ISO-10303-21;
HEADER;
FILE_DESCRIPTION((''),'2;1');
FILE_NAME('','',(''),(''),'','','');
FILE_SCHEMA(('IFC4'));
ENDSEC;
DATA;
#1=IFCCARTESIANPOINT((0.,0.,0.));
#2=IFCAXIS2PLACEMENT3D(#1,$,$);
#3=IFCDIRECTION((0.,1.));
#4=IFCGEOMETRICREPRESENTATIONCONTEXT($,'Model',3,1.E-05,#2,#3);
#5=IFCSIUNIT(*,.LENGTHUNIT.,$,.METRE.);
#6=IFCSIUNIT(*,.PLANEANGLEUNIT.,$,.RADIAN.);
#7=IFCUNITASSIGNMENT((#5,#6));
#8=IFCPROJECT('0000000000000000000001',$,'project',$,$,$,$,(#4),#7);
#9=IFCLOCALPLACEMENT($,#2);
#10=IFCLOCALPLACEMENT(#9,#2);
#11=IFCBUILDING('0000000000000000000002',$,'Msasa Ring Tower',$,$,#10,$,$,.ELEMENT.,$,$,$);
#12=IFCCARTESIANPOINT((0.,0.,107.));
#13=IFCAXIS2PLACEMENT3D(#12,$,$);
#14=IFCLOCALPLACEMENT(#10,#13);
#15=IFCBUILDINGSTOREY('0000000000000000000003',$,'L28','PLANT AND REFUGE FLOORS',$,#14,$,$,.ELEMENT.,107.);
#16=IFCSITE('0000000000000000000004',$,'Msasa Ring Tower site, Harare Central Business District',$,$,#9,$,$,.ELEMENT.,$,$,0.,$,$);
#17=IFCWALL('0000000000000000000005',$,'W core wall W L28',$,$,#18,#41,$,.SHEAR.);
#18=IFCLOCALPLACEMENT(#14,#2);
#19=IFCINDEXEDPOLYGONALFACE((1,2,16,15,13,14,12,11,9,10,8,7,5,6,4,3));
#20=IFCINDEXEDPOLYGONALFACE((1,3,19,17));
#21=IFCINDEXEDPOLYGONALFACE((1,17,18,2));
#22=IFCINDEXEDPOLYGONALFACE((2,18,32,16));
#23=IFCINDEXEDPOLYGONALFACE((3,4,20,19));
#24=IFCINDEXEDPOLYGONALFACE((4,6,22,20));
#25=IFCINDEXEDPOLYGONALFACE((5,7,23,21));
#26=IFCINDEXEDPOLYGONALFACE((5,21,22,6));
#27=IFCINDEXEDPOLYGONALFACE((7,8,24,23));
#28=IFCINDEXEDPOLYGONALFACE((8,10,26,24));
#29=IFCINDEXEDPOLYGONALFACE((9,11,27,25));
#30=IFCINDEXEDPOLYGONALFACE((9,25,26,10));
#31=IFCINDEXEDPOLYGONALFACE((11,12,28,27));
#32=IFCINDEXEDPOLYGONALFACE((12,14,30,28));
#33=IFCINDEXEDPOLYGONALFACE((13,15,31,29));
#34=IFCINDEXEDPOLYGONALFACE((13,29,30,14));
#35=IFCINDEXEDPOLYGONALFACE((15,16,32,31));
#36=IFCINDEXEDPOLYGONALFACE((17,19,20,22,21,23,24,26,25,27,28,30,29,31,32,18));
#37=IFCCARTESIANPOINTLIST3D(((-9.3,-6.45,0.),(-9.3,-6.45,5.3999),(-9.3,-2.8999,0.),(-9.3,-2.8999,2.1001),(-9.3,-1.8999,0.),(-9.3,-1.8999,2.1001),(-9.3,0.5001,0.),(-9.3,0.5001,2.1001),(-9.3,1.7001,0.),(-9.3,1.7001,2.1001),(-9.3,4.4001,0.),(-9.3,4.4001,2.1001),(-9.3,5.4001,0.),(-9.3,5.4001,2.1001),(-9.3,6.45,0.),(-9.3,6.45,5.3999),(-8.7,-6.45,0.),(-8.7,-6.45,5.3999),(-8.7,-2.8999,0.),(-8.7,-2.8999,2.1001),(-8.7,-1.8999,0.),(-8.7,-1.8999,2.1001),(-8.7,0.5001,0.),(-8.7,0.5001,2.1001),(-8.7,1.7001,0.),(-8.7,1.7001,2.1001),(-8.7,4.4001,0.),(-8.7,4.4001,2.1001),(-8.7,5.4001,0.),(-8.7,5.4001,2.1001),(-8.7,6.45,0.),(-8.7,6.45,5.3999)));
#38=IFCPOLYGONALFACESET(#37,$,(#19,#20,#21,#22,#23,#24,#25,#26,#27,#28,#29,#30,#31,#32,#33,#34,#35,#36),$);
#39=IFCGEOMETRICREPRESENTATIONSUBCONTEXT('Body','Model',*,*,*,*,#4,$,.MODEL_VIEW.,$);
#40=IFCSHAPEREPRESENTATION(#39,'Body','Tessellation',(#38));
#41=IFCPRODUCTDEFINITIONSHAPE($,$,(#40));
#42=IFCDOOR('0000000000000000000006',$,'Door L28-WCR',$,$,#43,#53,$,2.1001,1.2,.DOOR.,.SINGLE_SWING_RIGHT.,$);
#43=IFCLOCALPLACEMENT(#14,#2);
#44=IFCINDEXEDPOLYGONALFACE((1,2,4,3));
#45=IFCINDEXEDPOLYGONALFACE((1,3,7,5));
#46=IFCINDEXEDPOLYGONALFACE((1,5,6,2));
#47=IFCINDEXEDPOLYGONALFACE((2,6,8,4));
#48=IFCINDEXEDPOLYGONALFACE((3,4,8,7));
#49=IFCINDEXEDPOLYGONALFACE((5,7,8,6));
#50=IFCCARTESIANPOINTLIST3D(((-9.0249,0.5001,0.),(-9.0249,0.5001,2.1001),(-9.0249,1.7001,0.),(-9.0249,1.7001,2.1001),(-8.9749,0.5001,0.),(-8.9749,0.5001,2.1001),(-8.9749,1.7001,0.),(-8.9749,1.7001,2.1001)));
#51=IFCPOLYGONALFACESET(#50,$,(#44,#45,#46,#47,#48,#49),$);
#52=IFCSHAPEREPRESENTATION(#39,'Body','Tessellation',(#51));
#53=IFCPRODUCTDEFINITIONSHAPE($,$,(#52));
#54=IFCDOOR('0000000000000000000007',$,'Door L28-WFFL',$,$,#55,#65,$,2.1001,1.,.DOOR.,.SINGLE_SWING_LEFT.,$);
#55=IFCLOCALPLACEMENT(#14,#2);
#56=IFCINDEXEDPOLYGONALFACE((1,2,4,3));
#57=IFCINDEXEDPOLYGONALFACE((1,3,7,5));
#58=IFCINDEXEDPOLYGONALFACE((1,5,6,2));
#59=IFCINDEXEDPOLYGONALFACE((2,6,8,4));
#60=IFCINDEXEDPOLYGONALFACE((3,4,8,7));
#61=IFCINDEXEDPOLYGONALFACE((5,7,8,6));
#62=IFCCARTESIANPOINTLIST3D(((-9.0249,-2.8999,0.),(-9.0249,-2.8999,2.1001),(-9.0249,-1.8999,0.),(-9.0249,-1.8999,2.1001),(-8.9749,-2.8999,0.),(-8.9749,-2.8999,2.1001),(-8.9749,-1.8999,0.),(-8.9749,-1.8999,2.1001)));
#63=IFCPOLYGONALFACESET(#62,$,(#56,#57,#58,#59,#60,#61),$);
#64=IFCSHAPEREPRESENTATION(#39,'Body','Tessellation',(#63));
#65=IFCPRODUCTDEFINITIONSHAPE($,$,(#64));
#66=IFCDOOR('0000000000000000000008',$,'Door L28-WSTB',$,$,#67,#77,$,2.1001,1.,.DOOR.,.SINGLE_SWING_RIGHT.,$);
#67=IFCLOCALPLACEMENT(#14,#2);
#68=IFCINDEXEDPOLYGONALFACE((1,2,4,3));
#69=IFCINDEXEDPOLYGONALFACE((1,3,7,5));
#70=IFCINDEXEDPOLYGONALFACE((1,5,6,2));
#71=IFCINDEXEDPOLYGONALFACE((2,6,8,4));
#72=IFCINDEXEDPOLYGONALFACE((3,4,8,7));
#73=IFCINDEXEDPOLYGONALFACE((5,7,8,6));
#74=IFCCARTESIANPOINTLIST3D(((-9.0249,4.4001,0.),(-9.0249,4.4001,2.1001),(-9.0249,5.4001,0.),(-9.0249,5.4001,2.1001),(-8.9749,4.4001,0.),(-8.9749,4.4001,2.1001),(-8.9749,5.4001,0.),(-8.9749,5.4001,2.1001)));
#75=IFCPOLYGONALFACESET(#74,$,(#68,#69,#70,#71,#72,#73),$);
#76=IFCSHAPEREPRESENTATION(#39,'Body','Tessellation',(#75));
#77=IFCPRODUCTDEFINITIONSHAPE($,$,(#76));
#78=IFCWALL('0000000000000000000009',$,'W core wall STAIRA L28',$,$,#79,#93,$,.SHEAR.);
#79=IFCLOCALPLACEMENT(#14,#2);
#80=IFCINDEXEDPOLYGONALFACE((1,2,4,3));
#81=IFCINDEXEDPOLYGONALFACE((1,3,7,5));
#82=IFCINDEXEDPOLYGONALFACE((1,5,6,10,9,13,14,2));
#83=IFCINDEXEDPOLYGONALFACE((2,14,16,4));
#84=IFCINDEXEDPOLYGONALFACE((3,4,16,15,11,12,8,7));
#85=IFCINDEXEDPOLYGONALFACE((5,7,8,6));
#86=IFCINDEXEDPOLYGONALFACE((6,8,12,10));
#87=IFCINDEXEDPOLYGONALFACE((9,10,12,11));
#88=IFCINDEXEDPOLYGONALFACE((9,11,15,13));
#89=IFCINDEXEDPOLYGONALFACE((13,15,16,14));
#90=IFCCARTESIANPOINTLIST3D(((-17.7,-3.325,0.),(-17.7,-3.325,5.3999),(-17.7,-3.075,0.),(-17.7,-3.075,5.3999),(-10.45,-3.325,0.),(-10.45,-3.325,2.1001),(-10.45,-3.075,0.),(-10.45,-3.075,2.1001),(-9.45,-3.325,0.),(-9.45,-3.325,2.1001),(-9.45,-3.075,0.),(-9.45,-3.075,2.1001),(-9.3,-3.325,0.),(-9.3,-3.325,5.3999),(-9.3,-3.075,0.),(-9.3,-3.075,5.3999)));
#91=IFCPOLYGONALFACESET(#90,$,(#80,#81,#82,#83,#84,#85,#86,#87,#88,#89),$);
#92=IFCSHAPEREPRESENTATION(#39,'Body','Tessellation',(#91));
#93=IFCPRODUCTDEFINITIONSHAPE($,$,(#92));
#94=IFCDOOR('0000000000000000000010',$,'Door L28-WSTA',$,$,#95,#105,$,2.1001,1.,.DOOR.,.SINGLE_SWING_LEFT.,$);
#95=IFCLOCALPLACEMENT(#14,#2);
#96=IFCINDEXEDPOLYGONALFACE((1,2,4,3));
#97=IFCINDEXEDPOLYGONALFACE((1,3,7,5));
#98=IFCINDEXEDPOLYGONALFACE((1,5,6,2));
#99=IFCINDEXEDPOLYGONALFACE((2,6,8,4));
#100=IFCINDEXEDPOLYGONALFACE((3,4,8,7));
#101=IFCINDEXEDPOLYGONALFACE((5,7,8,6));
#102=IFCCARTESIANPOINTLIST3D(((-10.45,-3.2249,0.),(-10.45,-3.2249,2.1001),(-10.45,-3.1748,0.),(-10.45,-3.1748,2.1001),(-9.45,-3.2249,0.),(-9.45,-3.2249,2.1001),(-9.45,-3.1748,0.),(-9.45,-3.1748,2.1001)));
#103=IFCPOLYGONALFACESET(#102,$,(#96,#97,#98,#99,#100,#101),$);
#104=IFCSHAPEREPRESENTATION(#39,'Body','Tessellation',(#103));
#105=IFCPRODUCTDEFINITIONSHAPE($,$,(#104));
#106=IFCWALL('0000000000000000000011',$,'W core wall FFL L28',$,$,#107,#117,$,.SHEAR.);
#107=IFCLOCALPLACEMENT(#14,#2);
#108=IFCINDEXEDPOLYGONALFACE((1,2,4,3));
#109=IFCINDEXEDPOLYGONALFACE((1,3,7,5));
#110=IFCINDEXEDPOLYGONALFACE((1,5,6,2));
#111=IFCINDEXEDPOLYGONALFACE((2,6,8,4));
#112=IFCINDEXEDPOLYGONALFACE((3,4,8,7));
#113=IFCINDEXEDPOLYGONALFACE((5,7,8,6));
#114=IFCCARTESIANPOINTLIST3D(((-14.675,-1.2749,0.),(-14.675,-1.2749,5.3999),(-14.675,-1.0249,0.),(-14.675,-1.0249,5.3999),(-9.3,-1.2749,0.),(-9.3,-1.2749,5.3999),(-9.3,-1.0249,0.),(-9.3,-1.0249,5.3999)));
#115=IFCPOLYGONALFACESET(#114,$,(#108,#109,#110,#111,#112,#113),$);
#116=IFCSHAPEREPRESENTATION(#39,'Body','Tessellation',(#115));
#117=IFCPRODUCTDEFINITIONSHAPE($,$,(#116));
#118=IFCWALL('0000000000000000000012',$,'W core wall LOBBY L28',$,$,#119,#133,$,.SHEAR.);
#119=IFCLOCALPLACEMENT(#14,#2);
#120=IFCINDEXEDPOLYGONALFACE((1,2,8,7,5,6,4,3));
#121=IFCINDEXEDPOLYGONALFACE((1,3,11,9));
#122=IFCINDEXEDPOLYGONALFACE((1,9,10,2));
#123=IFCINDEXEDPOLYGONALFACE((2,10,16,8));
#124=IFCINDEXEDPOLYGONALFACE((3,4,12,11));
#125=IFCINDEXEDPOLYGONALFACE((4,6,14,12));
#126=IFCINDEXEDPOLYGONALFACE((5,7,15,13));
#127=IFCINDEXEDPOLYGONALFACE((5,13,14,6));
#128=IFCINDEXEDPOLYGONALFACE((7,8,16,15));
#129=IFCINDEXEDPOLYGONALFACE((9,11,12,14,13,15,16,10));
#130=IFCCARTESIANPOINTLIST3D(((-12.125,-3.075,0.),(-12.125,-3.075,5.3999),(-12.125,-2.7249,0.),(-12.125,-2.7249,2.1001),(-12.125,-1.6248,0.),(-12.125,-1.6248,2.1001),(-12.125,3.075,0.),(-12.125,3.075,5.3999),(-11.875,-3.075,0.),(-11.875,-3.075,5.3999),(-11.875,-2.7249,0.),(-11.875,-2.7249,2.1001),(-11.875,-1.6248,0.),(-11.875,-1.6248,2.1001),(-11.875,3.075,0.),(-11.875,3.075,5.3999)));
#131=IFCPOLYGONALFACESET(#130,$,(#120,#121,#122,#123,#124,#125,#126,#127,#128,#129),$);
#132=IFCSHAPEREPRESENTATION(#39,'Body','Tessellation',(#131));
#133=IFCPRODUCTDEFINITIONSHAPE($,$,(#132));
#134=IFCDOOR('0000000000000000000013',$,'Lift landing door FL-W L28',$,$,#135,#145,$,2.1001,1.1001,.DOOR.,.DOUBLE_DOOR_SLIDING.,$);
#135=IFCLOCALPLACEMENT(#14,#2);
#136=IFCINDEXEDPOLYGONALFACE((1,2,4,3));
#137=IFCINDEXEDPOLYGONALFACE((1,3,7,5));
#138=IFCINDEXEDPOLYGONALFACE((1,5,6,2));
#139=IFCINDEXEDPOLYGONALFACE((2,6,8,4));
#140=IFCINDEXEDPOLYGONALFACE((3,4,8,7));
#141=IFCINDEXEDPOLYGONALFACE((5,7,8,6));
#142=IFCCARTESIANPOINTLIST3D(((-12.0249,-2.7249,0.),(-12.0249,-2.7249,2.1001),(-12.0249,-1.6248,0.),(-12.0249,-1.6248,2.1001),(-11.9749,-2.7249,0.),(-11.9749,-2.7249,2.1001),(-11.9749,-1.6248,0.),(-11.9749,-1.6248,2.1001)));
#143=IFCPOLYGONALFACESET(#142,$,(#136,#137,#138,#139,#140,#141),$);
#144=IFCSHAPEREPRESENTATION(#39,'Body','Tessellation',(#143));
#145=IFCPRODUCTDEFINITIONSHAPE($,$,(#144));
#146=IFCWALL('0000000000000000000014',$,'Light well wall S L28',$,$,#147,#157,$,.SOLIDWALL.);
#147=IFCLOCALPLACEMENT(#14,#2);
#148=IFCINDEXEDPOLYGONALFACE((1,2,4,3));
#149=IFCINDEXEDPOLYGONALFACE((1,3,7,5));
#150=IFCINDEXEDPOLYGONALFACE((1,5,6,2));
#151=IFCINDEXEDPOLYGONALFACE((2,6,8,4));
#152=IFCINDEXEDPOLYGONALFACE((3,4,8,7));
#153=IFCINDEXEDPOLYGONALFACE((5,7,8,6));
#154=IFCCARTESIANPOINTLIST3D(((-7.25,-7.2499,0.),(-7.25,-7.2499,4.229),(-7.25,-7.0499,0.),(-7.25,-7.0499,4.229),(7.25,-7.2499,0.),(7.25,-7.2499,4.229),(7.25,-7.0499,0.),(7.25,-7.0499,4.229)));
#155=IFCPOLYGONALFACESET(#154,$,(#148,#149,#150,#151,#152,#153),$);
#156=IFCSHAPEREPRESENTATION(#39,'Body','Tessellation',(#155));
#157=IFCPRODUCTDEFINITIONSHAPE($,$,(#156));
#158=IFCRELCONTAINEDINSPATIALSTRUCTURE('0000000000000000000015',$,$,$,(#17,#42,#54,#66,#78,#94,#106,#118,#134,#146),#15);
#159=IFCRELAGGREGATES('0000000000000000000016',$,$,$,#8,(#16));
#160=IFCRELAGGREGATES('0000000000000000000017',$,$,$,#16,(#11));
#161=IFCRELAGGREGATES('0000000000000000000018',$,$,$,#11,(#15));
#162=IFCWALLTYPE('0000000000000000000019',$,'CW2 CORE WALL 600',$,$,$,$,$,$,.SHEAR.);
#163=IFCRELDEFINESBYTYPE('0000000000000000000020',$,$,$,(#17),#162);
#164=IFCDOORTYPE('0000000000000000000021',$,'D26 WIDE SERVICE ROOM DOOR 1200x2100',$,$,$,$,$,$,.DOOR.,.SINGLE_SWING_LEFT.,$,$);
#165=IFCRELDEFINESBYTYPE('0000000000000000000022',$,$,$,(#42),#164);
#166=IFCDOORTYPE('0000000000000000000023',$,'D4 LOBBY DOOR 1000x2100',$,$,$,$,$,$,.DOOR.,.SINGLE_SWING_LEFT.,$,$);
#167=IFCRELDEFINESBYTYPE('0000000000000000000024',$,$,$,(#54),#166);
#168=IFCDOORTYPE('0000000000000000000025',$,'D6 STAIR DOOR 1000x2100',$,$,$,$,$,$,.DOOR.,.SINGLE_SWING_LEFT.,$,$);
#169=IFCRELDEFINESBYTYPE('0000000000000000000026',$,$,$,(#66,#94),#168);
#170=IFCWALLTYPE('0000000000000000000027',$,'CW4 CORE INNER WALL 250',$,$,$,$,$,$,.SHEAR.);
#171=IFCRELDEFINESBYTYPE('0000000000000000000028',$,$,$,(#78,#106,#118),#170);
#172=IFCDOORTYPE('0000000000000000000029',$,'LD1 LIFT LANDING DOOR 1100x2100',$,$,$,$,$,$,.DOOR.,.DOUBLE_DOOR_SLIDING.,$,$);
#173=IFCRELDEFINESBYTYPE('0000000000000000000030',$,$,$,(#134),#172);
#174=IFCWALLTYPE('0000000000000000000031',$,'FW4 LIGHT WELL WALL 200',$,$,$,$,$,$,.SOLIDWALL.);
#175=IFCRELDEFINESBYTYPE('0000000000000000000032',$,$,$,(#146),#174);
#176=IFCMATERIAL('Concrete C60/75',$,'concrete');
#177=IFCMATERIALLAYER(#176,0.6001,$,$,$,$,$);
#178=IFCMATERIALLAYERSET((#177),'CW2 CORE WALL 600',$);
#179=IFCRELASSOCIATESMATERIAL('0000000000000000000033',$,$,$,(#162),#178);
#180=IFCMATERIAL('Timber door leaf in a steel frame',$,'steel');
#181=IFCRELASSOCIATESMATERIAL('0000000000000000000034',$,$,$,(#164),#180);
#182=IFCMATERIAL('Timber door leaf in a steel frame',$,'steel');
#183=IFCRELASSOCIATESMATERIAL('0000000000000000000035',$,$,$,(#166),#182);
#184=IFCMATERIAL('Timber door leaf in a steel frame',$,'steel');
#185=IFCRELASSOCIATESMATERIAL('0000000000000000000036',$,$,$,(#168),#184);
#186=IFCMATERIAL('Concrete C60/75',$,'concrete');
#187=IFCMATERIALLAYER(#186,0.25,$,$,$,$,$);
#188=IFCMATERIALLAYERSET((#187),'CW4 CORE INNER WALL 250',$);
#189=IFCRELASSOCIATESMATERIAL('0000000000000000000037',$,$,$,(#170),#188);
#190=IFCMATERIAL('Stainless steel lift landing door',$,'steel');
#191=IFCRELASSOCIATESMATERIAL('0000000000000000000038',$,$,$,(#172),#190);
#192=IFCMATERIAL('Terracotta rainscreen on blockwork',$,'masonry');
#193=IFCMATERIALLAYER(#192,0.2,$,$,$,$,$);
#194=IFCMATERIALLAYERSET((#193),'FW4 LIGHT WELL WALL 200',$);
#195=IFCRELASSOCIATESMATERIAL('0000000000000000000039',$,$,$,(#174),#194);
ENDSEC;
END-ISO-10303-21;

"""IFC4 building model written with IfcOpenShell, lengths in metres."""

from ifc_helpers import new_model, si_unit, direction, frame, frame_2d, origin, place, context, subcontext, project, spatial, rectangle, extrude, material, layer, layer_set, type_object, element, fill, save


model = new_model("IFC4")

# Units and contexts
model_context = context("Model", 3, precision=1e-05, world=origin(), true_north=direction((0.0, 1.0)))
body_context = subcontext(model_context, "Body", "Model", "MODEL_VIEW")
ifc_project = project(units=[si_unit("LENGTHUNIT", "METRE"), si_unit("PLANEANGLEUNIT", "RADIAN")], contexts=[model_context])

# Site, building, storey
site_placement = place(None, origin())
site = spatial("IfcSite", under=ifc_project, at=site_placement, Name="Msasa Ring Tower site, Harare Central Business District", CompositionType="ELEMENT", RefElevation=0.0)
building_placement = place(site_placement, origin())
building = spatial("IfcBuilding", under=site, at=building_placement, Name="Msasa Ring Tower", CompositionType="ELEMENT")
storey_placement = place(building_placement, frame((0.0, 0.0, 107.0)))
storey = spatial("IfcBuildingStorey", under=building, at=storey_placement, Name="L28", Description="PLANT AND REFUGE FLOORS", CompositionType="ELEMENT", Elevation=107.0)

# Shared definitions
ifc_material_1 = material(Name="Concrete C60/75", Category="concrete")
ifc_layer_1 = layer(ifc_material_1, 0.6001)
ifc_layer_set_1 = layer_set([ifc_layer_1], Name="CW2 CORE WALL 600")
wall_type_1 = type_object("IfcWallType", Name="CW2 CORE WALL 600", PredefinedType="SHEAR", material=ifc_layer_set_1)

# Wall, openings, doors
wall_1_placement = place(storey_placement, frame((-9.0, -6.45, 0.0), z_axis=(0.0, 0.0, 1.0), x_axis=(0.0, 1.0, 0.0)))
wall_1 = element("IfcWall", 1, at=wall_1_placement, inside=storey, type_object=wall_type_1, Name="W core wall W L28", PredefinedType="SHEAR", context=body_context, shape_type="SweptSolid", body=[
    extrude(rectangle(XDim=12.8999, YDim=0.6001, at=frame_2d((6.45, 0.0))), origin(), (0.0, 0.0, 1.0), 5.3999),
])
opening_1_placement = place(wall_1_placement, frame((3.55, 0.0, 0.0)))
opening_1 = element("IfcOpeningElement", 2, at=opening_1_placement, cuts=wall_1, PredefinedType="OPENING", context=body_context, shape_type="SweptSolid", body=[
    extrude(rectangle(XDim=1.0, YDim=2.1001, at=frame_2d((0.5, 1.05))), frame((0.0, 0.3101, 0.0), z_axis=(0.0, -1.0, 0.0), x_axis=(1.0, 0.0, 0.0)), (0.0, 0.0, 1.0), 0.6201),
])
opening_2_placement = place(wall_1_placement, frame((6.95, 0.0, 0.0)))
opening_2 = element("IfcOpeningElement", 3, at=opening_2_placement, cuts=wall_1, PredefinedType="OPENING", context=body_context, shape_type="SweptSolid", body=[
    extrude(rectangle(XDim=1.2, YDim=2.1001, at=frame_2d((0.6001, 1.05))), frame((0.0, 0.3101, 0.0), z_axis=(0.0, -1.0, 0.0), x_axis=(1.0, 0.0, 0.0)), (0.0, 0.0, 1.0), 0.6201),
])
opening_3_placement = place(wall_1_placement, frame((10.8501, 0.0, 0.0)))
opening_3 = element("IfcOpeningElement", 4, at=opening_3_placement, cuts=wall_1, PredefinedType="OPENING", context=body_context, shape_type="SweptSolid", body=[
    extrude(rectangle(XDim=1.0, YDim=2.1001, at=frame_2d((0.5, 1.05))), frame((0.0, 0.3101, 0.0), z_axis=(0.0, -1.0, 0.0), x_axis=(1.0, 0.0, 0.0)), (0.0, 0.0, 1.0), 0.6201),
])
ifc_material_2 = material(Name="Timber door leaf in a steel frame", Category="steel")
door_type_1 = type_object("IfcDoorType", Name="D26 WIDE SERVICE ROOM DOOR 1200x2100", OperationType="SINGLE_SWING_LEFT", PredefinedType="DOOR", material=ifc_material_2)
door_1_placement = place(opening_2_placement, origin())
door_1 = element("IfcDoor", 5, at=door_1_placement, inside=storey, type_object=door_type_1, Name="Door L28-WCR", OperationType="SINGLE_SWING_RIGHT", OverallHeight=2.1001, OverallWidth=1.2, PredefinedType="DOOR", context=body_context, shape_type="SweptSolid", body=[
    extrude(rectangle(XDim=1.2, YDim=2.1001, at=frame_2d((0.6001, 1.05))), frame((0.0, 0.0249, 0.0), z_axis=(0.0, -1.0, 0.0), x_axis=(1.0, 0.0, 0.0)), (0.0, 0.0, 1.0), 0.05),
])
fill(opening_2, door_1)
ifc_material_3 = material(Name="Timber door leaf in a steel frame", Category="steel")
door_type_2 = type_object("IfcDoorType", Name="D4 LOBBY DOOR 1000x2100", OperationType="SINGLE_SWING_LEFT", PredefinedType="DOOR", material=ifc_material_3)
door_2_placement = place(opening_1_placement, origin())
door_2 = element("IfcDoor", 6, at=door_2_placement, inside=storey, type_object=door_type_2, Name="Door L28-WFFL", OperationType="SINGLE_SWING_LEFT", OverallHeight=2.1001, OverallWidth=1.0, PredefinedType="DOOR", context=body_context, shape_type="SweptSolid", body=[
    extrude(rectangle(XDim=1.0, YDim=2.1001, at=frame_2d((0.5, 1.05))), frame((0.0, 0.0249, 0.0), z_axis=(0.0, -1.0, 0.0), x_axis=(1.0, 0.0, 0.0)), (0.0, 0.0, 1.0), 0.05),
])
fill(opening_1, door_2)
ifc_material_4 = material(Name="Timber door leaf in a steel frame", Category="steel")
door_type_3 = type_object("IfcDoorType", Name="D6 STAIR DOOR 1000x2100", OperationType="SINGLE_SWING_LEFT", PredefinedType="DOOR", material=ifc_material_4)
door_3_placement = place(opening_3_placement, origin())
door_3 = element("IfcDoor", 7, at=door_3_placement, inside=storey, type_object=door_type_3, Name="Door L28-WSTB", OperationType="SINGLE_SWING_RIGHT", OverallHeight=2.1001, OverallWidth=1.0, PredefinedType="DOOR", context=body_context, shape_type="SweptSolid", body=[
    extrude(rectangle(XDim=1.0, YDim=2.1001, at=frame_2d((0.5, 1.05))), frame((0.0, 0.0249, 0.0), z_axis=(0.0, -1.0, 0.0), x_axis=(1.0, 0.0, 0.0)), (0.0, 0.0, 1.0), 0.05),
])
fill(opening_3, door_3)

# Wall, opening, door
ifc_material_5 = material(Name="Concrete C60/75", Category="concrete")
ifc_layer_2 = layer(ifc_material_5, 0.25)
ifc_layer_set_2 = layer_set([ifc_layer_2], Name="CW4 CORE INNER WALL 250")
wall_type_2 = type_object("IfcWallType", Name="CW4 CORE INNER WALL 250", PredefinedType="SHEAR", material=ifc_layer_set_2)
wall_2_placement = place(storey_placement, frame((-9.3, -3.2, 0.0), z_axis=(0.0, 0.0, 1.0), x_axis=(-1.0, 0.0, 0.0)))
wall_2 = element("IfcWall", 8, at=wall_2_placement, inside=storey, type_object=wall_type_2, Name="W core wall STAIRA L28", PredefinedType="SHEAR", context=body_context, shape_type="SweptSolid", body=[
    extrude(rectangle(XDim=8.3999, YDim=0.25, at=frame_2d((4.2, 0.0))), origin(), (0.0, 0.0, 1.0), 5.3999),
])
opening_4_placement = place(wall_2_placement, frame((0.1499, 0.0, 0.0)))
opening_4 = element("IfcOpeningElement", 9, at=opening_4_placement, cuts=wall_2, PredefinedType="OPENING", context=body_context, shape_type="SweptSolid", body=[
    extrude(rectangle(XDim=1.0, YDim=2.1001, at=frame_2d((0.5, 1.05))), frame((0.0, 0.135, 0.0), z_axis=(0.0, -1.0, 0.0), x_axis=(1.0, 0.0, 0.0)), (0.0, 0.0, 1.0), 0.27),
])
door_4_placement = place(opening_4_placement, origin())
door_4 = element("IfcDoor", 10, at=door_4_placement, inside=storey, type_object=door_type_3, Name="Door L28-WSTA", OperationType="SINGLE_SWING_LEFT", OverallHeight=2.1001, OverallWidth=1.0, PredefinedType="DOOR", context=body_context, shape_type="SweptSolid", body=[
    extrude(rectangle(XDim=1.0, YDim=2.1001, at=frame_2d((0.5, 1.05))), frame((0.0, 0.0249, 0.0), z_axis=(0.0, -1.0, 0.0), x_axis=(1.0, 0.0, 0.0)), (0.0, 0.0, 1.0), 0.05),
])
fill(opening_4, door_4)

# Wall
wall_3_placement = place(storey_placement, frame((-9.3, -1.1499, 0.0), z_axis=(0.0, 0.0, 1.0), x_axis=(-1.0, 0.0, 0.0)))
element("IfcWall", 11, at=wall_3_placement, inside=storey, type_object=wall_type_2, Name="W core wall FFL L28", PredefinedType="SHEAR", context=body_context, shape_type="SweptSolid", body=[
    extrude(rectangle(XDim=5.375, YDim=0.25, at=frame_2d((2.6875, 0.0))), origin(), (0.0, 0.0, 1.0), 5.3999),
])

# Wall, opening, door
wall_4_placement = place(storey_placement, frame((-12.0, -3.075, 0.0), z_axis=(0.0, 0.0, 1.0), x_axis=(0.0, 1.0, 0.0)))
wall_4 = element("IfcWall", 12, at=wall_4_placement, inside=storey, type_object=wall_type_2, Name="W core wall LOBBY L28", PredefinedType="SHEAR", context=body_context, shape_type="SweptSolid", body=[
    extrude(rectangle(XDim=6.1499, YDim=0.25, at=frame_2d((3.075, 0.0))), origin(), (0.0, 0.0, 1.0), 5.3999),
])
opening_5_placement = place(wall_4_placement, frame((0.3501, 0.0, 0.0)))
opening_5 = element("IfcOpeningElement", 13, at=opening_5_placement, cuts=wall_4, PredefinedType="OPENING", context=body_context, shape_type="SweptSolid", body=[
    extrude(rectangle(XDim=1.1001, YDim=2.1001, at=frame_2d((0.55, 1.05))), frame((0.0, 0.135, 0.0), z_axis=(0.0, -1.0, 0.0), x_axis=(1.0, 0.0, 0.0)), (0.0, 0.0, 1.0), 0.27),
])
ifc_material_6 = material(Name="Stainless steel lift landing door", Category="steel")
door_type_4 = type_object("IfcDoorType", Name="LD1 LIFT LANDING DOOR 1100x2100", OperationType="DOUBLE_DOOR_SLIDING", PredefinedType="DOOR", material=ifc_material_6)
door_5_placement = place(opening_5_placement, origin())
door_5 = element("IfcDoor", 14, at=door_5_placement, inside=storey, type_object=door_type_4, Name="Lift landing door FL-W L28", OperationType="DOUBLE_DOOR_SLIDING", OverallHeight=2.1001, OverallWidth=1.1001, PredefinedType="DOOR", context=body_context, shape_type="SweptSolid", body=[
    extrude(rectangle(XDim=1.1001, YDim=2.1001, at=frame_2d((0.55, 1.05))), frame((0.0, 0.0249, 0.0), z_axis=(0.0, -1.0, 0.0), x_axis=(1.0, 0.0, 0.0)), (0.0, 0.0, 1.0), 0.05),
])
fill(opening_5, door_5)

# Wall
ifc_material_7 = material(Name="Terracotta rainscreen on blockwork", Category="masonry")
ifc_layer_3 = layer(ifc_material_7, 0.2)
ifc_layer_set_3 = layer_set([ifc_layer_3], Name="FW4 LIGHT WELL WALL 200")
wall_type_3 = type_object("IfcWallType", Name="FW4 LIGHT WELL WALL 200", PredefinedType="SOLIDWALL", material=ifc_layer_set_3)
wall_5_placement = place(storey_placement, frame((-7.25, -7.1499, 0.0), z_axis=(0.0, 0.0, 1.0), x_axis=(1.0, 0.0, 0.0)))
element("IfcWall", 15, at=wall_5_placement, inside=storey, type_object=wall_type_3, Name="Light well wall S L28", PredefinedType="SOLIDWALL", context=body_context, shape_type="SweptSolid", body=[
    extrude(rectangle(XDim=14.5, YDim=0.2, at=frame_2d((7.25, 0.0))), origin(), (0.0, 0.0, 1.0), 4.229),
])

save(model, "model.ifc")
